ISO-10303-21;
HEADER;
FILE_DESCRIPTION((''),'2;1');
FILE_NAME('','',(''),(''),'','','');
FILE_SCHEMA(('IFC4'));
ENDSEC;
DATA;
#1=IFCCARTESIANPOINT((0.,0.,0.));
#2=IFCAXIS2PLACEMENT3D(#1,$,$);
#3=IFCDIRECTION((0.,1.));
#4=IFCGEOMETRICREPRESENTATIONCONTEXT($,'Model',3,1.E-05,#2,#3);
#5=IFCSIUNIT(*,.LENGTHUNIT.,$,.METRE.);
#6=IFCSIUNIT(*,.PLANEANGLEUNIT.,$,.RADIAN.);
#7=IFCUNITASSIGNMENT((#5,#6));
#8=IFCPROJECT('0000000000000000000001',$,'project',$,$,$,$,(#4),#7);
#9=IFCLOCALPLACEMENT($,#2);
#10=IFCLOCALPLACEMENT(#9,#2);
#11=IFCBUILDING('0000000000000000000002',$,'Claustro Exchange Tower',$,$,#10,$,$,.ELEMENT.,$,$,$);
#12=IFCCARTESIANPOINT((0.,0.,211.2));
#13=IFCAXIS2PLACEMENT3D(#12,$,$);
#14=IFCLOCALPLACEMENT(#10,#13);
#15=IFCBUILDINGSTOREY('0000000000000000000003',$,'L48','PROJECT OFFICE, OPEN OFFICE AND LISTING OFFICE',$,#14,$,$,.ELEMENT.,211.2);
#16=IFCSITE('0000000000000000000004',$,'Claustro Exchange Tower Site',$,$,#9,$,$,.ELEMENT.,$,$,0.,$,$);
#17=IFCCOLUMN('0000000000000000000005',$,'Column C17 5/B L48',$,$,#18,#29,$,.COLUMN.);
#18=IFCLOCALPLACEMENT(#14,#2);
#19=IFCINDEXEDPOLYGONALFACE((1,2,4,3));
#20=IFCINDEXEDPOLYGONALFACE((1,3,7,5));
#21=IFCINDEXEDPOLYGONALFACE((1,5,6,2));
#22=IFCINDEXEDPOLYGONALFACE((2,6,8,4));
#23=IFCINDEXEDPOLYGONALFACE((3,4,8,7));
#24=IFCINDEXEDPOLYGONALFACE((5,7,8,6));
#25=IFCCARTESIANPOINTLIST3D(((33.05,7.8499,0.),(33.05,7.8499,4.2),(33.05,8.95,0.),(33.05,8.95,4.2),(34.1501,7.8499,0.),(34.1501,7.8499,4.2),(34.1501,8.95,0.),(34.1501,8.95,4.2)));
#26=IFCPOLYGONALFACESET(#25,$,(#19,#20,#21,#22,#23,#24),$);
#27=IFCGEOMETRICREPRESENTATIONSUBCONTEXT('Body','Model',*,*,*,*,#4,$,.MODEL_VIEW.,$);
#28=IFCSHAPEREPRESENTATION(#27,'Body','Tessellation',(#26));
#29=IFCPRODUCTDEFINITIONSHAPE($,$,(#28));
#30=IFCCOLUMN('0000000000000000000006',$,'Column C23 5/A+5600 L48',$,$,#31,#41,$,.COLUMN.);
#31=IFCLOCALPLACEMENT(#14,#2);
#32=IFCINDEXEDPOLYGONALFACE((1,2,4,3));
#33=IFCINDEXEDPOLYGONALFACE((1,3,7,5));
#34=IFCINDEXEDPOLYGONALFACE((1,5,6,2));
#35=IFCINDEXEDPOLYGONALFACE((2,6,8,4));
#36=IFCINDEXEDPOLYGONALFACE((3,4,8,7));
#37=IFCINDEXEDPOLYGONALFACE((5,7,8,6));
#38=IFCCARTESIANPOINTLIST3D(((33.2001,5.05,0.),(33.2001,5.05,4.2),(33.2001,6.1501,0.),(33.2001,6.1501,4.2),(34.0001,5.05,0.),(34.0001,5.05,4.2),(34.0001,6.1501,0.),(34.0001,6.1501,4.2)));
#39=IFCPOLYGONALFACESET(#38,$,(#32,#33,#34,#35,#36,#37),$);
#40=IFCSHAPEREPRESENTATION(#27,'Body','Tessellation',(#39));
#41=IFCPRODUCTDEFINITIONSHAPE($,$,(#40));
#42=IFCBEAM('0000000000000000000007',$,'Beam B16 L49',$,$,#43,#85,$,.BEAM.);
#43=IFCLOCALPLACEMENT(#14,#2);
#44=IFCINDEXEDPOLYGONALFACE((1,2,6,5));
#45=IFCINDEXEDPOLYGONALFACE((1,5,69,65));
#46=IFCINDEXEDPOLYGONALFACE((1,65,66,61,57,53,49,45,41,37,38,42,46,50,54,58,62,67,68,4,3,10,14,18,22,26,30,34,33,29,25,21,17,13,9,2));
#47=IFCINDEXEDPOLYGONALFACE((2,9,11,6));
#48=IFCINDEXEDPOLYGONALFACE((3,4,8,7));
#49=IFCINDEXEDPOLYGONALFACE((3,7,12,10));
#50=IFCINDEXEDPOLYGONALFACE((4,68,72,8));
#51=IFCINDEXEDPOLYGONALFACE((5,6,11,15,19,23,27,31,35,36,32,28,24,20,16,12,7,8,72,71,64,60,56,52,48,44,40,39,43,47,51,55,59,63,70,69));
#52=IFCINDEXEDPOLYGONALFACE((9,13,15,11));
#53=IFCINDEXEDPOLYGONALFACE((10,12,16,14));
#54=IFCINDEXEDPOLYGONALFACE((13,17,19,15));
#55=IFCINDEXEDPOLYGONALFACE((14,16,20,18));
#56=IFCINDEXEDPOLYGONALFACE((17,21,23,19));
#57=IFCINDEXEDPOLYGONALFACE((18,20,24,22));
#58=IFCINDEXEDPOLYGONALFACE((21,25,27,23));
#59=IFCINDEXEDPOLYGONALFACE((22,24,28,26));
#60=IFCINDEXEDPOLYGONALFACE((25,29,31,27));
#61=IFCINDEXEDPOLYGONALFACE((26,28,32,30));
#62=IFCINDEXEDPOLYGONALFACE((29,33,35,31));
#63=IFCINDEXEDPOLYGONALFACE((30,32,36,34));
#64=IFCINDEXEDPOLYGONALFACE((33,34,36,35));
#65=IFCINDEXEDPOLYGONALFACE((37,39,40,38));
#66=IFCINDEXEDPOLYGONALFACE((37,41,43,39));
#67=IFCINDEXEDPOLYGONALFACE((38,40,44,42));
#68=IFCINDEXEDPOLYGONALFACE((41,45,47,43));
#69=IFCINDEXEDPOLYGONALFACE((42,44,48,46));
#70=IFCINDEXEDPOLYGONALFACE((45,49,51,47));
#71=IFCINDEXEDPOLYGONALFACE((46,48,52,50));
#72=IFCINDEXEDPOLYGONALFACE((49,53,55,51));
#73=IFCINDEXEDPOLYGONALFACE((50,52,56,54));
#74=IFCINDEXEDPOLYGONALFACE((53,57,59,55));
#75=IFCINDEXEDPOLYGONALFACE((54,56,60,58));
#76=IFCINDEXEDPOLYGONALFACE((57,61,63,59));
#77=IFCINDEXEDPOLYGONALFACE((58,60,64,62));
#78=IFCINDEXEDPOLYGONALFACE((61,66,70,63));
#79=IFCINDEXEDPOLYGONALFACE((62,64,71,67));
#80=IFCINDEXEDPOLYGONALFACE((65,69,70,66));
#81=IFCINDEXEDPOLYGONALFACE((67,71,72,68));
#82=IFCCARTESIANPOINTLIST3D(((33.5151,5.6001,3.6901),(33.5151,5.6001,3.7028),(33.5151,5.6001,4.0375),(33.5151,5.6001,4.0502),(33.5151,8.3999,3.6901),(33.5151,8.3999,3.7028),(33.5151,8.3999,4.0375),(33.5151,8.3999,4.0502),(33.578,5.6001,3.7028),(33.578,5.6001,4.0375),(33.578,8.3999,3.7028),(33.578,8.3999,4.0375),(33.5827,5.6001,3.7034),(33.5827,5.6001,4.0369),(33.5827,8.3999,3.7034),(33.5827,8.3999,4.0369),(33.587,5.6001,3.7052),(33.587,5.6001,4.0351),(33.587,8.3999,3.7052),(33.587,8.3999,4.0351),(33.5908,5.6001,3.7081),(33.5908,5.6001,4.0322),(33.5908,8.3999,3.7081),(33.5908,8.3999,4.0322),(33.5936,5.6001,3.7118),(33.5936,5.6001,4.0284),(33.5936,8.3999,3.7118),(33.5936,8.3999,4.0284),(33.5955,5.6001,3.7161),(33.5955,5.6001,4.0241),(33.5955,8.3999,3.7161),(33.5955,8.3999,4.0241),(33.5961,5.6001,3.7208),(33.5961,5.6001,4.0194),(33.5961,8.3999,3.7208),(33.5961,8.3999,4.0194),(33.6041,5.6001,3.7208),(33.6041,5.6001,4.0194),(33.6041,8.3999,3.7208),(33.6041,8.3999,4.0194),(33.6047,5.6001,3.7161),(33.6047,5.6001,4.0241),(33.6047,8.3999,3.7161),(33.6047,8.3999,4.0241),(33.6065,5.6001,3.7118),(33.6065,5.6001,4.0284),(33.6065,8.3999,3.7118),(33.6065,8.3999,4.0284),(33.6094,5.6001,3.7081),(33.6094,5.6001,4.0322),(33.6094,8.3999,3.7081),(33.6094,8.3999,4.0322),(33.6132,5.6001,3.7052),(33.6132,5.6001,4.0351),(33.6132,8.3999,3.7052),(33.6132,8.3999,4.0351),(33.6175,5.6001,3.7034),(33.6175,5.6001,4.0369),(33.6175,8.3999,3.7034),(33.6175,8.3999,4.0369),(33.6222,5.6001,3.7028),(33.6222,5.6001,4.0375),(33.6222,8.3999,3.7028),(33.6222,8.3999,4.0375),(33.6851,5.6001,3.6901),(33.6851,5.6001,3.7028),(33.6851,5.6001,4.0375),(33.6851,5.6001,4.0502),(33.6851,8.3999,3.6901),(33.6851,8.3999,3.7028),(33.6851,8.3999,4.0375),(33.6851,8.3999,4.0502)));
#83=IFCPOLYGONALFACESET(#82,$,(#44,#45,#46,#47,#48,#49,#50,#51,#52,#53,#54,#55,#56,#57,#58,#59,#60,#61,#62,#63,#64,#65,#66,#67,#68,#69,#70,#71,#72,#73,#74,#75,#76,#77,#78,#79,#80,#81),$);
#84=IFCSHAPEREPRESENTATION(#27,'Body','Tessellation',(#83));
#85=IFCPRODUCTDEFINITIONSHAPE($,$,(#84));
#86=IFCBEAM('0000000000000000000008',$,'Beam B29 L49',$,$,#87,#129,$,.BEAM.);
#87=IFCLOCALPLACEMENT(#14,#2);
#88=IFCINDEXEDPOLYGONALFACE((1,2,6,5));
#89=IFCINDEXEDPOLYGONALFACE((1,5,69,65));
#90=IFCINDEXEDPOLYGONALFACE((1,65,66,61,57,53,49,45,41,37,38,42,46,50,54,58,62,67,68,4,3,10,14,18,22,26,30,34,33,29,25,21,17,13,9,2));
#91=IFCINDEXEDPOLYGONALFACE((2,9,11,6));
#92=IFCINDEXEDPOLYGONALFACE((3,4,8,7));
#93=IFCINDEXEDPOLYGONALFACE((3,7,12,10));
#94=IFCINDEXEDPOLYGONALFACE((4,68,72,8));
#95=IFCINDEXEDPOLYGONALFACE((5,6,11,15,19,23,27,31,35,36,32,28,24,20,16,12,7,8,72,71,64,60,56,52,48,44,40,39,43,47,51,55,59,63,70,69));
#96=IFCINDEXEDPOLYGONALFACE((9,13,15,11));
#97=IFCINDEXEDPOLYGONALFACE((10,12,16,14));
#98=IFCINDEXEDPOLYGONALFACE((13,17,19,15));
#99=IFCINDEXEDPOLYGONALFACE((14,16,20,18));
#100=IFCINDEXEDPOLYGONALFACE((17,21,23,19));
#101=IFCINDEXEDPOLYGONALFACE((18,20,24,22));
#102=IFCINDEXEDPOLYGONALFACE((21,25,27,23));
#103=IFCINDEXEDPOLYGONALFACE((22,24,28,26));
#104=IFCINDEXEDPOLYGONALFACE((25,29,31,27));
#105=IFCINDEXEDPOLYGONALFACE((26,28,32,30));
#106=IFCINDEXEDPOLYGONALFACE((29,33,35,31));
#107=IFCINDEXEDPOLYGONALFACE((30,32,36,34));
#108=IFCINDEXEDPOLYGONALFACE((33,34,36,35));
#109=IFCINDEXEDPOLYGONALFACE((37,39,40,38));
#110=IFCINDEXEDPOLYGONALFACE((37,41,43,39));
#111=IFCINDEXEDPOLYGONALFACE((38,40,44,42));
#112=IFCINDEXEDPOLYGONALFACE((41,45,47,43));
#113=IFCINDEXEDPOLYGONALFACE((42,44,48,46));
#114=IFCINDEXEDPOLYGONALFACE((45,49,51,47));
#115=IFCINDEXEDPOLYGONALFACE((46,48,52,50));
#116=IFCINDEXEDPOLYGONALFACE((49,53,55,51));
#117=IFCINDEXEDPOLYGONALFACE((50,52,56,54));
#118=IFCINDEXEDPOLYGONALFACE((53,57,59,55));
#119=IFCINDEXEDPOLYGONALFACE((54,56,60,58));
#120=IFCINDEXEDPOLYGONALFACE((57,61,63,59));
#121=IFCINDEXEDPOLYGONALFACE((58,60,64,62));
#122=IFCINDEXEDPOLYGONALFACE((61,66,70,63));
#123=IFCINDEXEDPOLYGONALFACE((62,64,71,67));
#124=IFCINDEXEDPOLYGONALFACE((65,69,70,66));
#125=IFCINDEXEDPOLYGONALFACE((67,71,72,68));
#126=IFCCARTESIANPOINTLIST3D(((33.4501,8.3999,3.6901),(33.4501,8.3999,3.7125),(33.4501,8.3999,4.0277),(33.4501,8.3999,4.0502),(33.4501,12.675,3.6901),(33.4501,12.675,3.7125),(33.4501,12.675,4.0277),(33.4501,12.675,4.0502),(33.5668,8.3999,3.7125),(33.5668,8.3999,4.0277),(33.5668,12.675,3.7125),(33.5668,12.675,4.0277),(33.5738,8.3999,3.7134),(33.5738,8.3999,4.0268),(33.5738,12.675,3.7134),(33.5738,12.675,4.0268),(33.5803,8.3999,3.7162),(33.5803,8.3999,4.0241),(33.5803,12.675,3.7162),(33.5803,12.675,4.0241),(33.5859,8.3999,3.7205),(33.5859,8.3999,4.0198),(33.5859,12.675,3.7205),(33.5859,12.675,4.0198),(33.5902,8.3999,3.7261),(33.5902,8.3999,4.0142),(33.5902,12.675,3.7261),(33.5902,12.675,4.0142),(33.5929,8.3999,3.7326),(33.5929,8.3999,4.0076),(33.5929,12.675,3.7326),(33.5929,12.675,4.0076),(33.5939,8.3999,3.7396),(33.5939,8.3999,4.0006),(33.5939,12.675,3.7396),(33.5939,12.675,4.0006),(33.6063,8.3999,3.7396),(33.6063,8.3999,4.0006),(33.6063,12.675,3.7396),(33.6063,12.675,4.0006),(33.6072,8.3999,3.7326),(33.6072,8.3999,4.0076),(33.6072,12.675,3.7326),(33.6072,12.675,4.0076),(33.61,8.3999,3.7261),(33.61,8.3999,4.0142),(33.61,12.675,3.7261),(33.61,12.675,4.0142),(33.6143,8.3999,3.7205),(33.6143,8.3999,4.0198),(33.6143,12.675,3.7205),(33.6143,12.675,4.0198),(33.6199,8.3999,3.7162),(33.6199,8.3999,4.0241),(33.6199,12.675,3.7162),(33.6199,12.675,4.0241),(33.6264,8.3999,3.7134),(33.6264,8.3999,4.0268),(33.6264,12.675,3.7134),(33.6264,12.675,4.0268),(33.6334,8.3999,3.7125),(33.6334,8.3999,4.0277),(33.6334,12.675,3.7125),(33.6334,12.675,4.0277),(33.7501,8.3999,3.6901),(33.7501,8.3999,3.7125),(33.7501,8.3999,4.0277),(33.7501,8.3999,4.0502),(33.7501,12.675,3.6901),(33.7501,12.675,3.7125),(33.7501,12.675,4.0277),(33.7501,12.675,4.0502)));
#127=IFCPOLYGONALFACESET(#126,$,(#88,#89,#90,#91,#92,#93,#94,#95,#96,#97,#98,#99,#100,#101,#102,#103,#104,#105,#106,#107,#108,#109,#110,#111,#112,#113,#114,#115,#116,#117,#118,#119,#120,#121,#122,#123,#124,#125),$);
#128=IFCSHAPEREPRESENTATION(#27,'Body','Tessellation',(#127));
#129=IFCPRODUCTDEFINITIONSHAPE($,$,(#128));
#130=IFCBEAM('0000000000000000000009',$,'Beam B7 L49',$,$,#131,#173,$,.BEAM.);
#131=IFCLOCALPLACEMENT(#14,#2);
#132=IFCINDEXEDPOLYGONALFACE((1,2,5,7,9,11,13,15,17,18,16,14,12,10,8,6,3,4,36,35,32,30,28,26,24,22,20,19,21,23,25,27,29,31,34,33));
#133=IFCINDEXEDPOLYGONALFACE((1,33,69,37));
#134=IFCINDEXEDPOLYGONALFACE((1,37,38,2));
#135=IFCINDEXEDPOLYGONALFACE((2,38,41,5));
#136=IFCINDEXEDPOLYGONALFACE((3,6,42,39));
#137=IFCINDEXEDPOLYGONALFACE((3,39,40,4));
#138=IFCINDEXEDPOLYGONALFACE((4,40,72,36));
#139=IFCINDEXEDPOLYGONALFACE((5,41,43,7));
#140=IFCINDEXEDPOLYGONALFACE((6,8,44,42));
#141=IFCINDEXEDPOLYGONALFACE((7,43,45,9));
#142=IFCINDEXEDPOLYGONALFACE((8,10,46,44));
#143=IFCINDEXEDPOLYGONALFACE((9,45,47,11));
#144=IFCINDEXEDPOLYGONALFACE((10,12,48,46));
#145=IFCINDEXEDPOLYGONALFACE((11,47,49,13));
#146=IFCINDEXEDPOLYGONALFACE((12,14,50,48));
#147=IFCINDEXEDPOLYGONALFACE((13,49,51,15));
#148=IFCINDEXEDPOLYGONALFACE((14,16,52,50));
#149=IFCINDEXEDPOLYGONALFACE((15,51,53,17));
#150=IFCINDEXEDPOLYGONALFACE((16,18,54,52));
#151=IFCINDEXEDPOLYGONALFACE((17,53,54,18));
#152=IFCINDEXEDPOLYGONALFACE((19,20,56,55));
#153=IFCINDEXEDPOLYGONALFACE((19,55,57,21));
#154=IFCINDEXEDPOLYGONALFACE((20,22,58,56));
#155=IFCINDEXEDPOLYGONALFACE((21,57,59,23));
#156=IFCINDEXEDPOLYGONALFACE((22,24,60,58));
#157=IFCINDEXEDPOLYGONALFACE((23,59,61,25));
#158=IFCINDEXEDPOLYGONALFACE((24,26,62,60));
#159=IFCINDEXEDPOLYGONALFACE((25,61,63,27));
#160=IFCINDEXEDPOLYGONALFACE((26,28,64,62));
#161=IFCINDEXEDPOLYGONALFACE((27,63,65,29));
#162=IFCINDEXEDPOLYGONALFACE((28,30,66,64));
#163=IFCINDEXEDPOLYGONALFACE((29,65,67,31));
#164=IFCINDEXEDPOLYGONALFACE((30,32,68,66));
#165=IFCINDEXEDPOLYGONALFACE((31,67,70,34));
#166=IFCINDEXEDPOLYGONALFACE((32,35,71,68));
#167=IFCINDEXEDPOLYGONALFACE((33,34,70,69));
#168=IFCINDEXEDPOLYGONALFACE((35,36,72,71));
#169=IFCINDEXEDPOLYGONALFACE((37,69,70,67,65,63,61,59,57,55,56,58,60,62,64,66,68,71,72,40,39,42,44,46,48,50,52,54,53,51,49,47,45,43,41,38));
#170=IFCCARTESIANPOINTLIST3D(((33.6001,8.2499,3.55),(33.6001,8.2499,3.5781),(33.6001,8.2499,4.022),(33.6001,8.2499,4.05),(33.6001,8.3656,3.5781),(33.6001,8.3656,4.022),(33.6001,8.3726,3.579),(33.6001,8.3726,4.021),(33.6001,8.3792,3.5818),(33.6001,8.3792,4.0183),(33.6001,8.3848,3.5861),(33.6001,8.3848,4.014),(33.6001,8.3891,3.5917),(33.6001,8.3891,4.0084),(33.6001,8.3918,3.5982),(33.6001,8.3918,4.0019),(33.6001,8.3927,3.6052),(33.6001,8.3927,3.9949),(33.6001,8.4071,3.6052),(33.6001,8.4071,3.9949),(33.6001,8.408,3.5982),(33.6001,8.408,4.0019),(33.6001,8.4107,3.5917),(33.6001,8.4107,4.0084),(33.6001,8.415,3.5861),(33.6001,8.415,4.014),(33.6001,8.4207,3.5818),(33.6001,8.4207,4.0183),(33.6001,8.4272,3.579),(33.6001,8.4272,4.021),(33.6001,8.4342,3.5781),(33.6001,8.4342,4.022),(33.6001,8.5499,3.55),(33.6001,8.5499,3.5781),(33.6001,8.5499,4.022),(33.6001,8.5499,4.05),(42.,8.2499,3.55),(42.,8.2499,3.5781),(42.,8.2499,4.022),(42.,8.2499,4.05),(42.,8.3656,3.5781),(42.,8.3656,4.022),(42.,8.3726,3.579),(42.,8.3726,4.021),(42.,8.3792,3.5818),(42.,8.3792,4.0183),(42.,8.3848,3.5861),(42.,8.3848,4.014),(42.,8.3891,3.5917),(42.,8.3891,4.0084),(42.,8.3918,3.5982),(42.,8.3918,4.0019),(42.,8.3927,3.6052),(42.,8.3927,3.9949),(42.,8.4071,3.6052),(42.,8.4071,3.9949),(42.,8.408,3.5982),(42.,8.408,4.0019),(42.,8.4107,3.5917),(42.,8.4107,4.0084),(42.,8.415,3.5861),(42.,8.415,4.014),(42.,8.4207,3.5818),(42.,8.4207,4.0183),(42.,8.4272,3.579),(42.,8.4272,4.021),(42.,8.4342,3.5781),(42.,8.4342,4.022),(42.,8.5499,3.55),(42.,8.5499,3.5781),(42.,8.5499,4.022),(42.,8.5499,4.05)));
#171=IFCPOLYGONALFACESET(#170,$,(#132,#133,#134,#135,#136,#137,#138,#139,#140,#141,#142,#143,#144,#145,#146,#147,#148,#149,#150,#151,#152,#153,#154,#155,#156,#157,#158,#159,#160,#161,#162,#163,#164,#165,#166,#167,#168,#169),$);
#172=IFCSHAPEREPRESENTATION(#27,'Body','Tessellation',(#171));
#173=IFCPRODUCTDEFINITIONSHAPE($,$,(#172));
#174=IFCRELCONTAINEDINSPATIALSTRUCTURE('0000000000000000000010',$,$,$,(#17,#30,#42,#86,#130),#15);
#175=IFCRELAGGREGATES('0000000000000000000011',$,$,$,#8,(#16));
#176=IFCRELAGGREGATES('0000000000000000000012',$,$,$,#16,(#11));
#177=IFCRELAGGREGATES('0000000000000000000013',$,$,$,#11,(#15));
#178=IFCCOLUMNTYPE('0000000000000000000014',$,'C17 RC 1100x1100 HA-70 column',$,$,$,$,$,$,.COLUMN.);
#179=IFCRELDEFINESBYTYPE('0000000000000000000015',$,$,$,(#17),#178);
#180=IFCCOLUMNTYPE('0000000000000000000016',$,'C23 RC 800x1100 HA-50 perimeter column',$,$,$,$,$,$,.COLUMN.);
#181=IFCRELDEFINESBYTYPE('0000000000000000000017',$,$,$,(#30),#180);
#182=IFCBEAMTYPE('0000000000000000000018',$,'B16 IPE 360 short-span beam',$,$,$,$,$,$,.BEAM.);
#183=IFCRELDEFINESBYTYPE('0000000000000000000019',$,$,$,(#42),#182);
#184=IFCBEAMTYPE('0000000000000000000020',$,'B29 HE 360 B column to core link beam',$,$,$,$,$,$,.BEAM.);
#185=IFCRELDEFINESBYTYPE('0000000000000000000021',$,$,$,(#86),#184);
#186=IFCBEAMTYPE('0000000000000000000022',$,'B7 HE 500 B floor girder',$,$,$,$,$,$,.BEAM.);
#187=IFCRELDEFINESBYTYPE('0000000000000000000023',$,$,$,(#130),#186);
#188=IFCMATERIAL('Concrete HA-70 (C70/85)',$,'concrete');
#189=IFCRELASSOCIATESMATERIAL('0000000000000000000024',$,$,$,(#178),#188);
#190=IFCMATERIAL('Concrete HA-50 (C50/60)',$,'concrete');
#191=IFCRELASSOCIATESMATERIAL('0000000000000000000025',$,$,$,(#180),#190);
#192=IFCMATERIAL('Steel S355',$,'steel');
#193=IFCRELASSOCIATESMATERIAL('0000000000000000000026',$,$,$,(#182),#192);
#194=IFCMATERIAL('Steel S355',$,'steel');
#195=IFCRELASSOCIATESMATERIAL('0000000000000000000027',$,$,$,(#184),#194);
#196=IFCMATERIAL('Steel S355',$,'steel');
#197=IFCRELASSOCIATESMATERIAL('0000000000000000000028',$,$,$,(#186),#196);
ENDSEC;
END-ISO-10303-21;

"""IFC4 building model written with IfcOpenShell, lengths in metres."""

from ifc_helpers import new_model, si_unit, direction, frame, origin, origin_2d, place, context, subcontext, project, spatial, rectangle, i_section, extrude, material, material_profile, profile_set, type_object, element, save


model = new_model("IFC4")

# Units and contexts
model_context = context("Model", 3, precision=1e-05, world=origin(), true_north=direction((0.0, 1.0)))
body_context = subcontext(model_context, "Body", "Model", "MODEL_VIEW")
ifc_project = project(units=[si_unit("LENGTHUNIT", "METRE"), si_unit("PLANEANGLEUNIT", "RADIAN")], contexts=[model_context])

# Site, building, storey
site_placement = place(None, origin())
site = spatial("IfcSite", under=ifc_project, at=site_placement, Name="Claustro Exchange Tower Site", CompositionType="ELEMENT", RefElevation=0.0)
building_placement = place(site_placement, origin())
building = spatial("IfcBuilding", under=site, at=building_placement, Name="Claustro Exchange Tower", CompositionType="ELEMENT")
storey_placement = place(building_placement, frame((0.0, 0.0, 211.2)))
storey = spatial("IfcBuildingStorey", under=building, at=storey_placement, Name="L48", Description="PROJECT OFFICE, OPEN OFFICE AND LISTING OFFICE", CompositionType="ELEMENT", Elevation=211.2)

# Columns
ifc_material_1 = material(Name="Concrete HA-70 (C70/85)", Category="concrete")
ifc_material_profile_1 = material_profile(ifc_material_1, rectangle(XDim=1.1001, YDim=1.1001, at=origin_2d()), Name="RC 1100x1100")
ifc_profile_set_1 = profile_set([ifc_material_profile_1], Name="Concrete HA-70 (C70/85)")
column_type_1 = type_object("IfcColumnType", Name="C17 RC 1100x1100 HA-70 column", PredefinedType="COLUMN", material=ifc_profile_set_1)
column_1_placement = place(storey_placement, frame((33.6001, 8.3999, 0.0), z_axis=(0.0, 0.0, 1.0), x_axis=(1.0, 0.0, 0.0)))
element("IfcColumn", 1, at=column_1_placement, inside=storey, type_object=column_type_1, Name="Column C17 5/B L48", PredefinedType="COLUMN", context=body_context, shape_type="SweptSolid", body=[
    extrude(rectangle(XDim=1.1001, YDim=1.1001, at=origin_2d()), origin(), (0.0, 0.0, 1.0), 4.2),
])
ifc_material_2 = material(Name="Concrete HA-50 (C50/60)", Category="concrete")
ifc_material_profile_2 = material_profile(ifc_material_2, rectangle(XDim=0.8, YDim=1.1001, at=origin_2d()), Name="RC 800x1100")
ifc_profile_set_2 = profile_set([ifc_material_profile_2], Name="Concrete HA-50 (C50/60)")
column_type_2 = type_object("IfcColumnType", Name="C23 RC 800x1100 HA-50 perimeter column", PredefinedType="COLUMN", material=ifc_profile_set_2)
column_2_placement = place(storey_placement, frame((33.6001, 5.6001, 0.0), z_axis=(0.0, 0.0, 1.0), x_axis=(1.0, 0.0, 0.0)))
element("IfcColumn", 2, at=column_2_placement, inside=storey, type_object=column_type_2, Name="Column C23 5/A+5600 L48", PredefinedType="COLUMN", context=body_context, shape_type="SweptSolid", body=[
    extrude(rectangle(XDim=0.8, YDim=1.1001, at=origin_2d()), origin(), (0.0, 0.0, 1.0), 4.2),
])

# Beams
ifc_material_3 = material(Name="Steel S355", Category="steel")
ifc_material_profile_3 = material_profile(ifc_material_3, i_section(OverallWidth=0.1699, OverallDepth=0.3601, WebThickness=0.0081, FlangeThickness=0.0127, FilletRadius=0.0181, at=origin_2d()), Name="IPE 360")
ifc_profile_set_3 = profile_set([ifc_material_profile_3], Name="Steel S355")
beam_type_1 = type_object("IfcBeamType", Name="B16 IPE 360 short-span beam", PredefinedType="BEAM", material=ifc_profile_set_3)
beam_1_placement = place(storey_placement, frame((33.6001, 5.6001, 3.8701), z_axis=(0.0, 1.0, 0.0), x_axis=(-1.0, 0.0, 0.0)))
element("IfcBeam", 3, at=beam_1_placement, inside=storey, type_object=beam_type_1, Name="Beam B16 L49", PredefinedType="BEAM", context=body_context, shape_type="SweptSolid", body=[
    extrude(i_section(OverallWidth=0.1699, OverallDepth=0.3601, WebThickness=0.0081, FlangeThickness=0.0127, FilletRadius=0.0181, at=origin_2d()), origin(), (0.0, 0.0, 1.0), 2.7998),
])
ifc_material_4 = material(Name="Steel S355", Category="steel")
ifc_material_profile_4 = material_profile(ifc_material_4, i_section(OverallWidth=0.3, OverallDepth=0.3601, WebThickness=0.0125, FlangeThickness=0.0225, FilletRadius=0.0271, at=origin_2d()), Name="HE 360 B")
ifc_profile_set_4 = profile_set([ifc_material_profile_4], Name="Steel S355")
beam_type_2 = type_object("IfcBeamType", Name="B29 HE 360 B column to core link beam", PredefinedType="BEAM", material=ifc_profile_set_4)
beam_2_placement = place(storey_placement, frame((33.6001, 8.3999, 3.8701), z_axis=(0.0, 1.0, 0.0), x_axis=(-1.0, 0.0, 0.0)))
element("IfcBeam", 4, at=beam_2_placement, inside=storey, type_object=beam_type_2, Name="Beam B29 L49", PredefinedType="BEAM", context=body_context, shape_type="SweptSolid", body=[
    extrude(i_section(OverallWidth=0.3, OverallDepth=0.3601, WebThickness=0.0125, FlangeThickness=0.0225, FilletRadius=0.0271, at=origin_2d()), origin(), (0.0, 0.0, 1.0), 4.2751),
])
ifc_material_5 = material(Name="Steel S355", Category="steel")
ifc_material_profile_5 = material_profile(ifc_material_5, i_section(OverallWidth=0.3, OverallDepth=0.5, WebThickness=0.0144, FlangeThickness=0.0281, FilletRadius=0.0271, at=origin_2d()), Name="HE 500 B")
ifc_profile_set_5 = profile_set([ifc_material_profile_5], Name="Steel S355")
beam_type_3 = type_object("IfcBeamType", Name="B7 HE 500 B floor girder", PredefinedType="BEAM", material=ifc_profile_set_5)
beam_3_placement = place(storey_placement, frame((33.6001, 8.3999, 3.8), z_axis=(1.0, 0.0, 0.0), x_axis=(0.0, 1.0, 0.0)))
element("IfcBeam", 5, at=beam_3_placement, inside=storey, type_object=beam_type_3, Name="Beam B7 L49", PredefinedType="BEAM", context=body_context, shape_type="SweptSolid", body=[
    extrude(i_section(OverallWidth=0.3, OverallDepth=0.5, WebThickness=0.0144, FlangeThickness=0.0281, FilletRadius=0.0271, at=origin_2d()), origin(), (0.0, 0.0, 1.0), 8.3999),
])

save(model, "model.ifc")
